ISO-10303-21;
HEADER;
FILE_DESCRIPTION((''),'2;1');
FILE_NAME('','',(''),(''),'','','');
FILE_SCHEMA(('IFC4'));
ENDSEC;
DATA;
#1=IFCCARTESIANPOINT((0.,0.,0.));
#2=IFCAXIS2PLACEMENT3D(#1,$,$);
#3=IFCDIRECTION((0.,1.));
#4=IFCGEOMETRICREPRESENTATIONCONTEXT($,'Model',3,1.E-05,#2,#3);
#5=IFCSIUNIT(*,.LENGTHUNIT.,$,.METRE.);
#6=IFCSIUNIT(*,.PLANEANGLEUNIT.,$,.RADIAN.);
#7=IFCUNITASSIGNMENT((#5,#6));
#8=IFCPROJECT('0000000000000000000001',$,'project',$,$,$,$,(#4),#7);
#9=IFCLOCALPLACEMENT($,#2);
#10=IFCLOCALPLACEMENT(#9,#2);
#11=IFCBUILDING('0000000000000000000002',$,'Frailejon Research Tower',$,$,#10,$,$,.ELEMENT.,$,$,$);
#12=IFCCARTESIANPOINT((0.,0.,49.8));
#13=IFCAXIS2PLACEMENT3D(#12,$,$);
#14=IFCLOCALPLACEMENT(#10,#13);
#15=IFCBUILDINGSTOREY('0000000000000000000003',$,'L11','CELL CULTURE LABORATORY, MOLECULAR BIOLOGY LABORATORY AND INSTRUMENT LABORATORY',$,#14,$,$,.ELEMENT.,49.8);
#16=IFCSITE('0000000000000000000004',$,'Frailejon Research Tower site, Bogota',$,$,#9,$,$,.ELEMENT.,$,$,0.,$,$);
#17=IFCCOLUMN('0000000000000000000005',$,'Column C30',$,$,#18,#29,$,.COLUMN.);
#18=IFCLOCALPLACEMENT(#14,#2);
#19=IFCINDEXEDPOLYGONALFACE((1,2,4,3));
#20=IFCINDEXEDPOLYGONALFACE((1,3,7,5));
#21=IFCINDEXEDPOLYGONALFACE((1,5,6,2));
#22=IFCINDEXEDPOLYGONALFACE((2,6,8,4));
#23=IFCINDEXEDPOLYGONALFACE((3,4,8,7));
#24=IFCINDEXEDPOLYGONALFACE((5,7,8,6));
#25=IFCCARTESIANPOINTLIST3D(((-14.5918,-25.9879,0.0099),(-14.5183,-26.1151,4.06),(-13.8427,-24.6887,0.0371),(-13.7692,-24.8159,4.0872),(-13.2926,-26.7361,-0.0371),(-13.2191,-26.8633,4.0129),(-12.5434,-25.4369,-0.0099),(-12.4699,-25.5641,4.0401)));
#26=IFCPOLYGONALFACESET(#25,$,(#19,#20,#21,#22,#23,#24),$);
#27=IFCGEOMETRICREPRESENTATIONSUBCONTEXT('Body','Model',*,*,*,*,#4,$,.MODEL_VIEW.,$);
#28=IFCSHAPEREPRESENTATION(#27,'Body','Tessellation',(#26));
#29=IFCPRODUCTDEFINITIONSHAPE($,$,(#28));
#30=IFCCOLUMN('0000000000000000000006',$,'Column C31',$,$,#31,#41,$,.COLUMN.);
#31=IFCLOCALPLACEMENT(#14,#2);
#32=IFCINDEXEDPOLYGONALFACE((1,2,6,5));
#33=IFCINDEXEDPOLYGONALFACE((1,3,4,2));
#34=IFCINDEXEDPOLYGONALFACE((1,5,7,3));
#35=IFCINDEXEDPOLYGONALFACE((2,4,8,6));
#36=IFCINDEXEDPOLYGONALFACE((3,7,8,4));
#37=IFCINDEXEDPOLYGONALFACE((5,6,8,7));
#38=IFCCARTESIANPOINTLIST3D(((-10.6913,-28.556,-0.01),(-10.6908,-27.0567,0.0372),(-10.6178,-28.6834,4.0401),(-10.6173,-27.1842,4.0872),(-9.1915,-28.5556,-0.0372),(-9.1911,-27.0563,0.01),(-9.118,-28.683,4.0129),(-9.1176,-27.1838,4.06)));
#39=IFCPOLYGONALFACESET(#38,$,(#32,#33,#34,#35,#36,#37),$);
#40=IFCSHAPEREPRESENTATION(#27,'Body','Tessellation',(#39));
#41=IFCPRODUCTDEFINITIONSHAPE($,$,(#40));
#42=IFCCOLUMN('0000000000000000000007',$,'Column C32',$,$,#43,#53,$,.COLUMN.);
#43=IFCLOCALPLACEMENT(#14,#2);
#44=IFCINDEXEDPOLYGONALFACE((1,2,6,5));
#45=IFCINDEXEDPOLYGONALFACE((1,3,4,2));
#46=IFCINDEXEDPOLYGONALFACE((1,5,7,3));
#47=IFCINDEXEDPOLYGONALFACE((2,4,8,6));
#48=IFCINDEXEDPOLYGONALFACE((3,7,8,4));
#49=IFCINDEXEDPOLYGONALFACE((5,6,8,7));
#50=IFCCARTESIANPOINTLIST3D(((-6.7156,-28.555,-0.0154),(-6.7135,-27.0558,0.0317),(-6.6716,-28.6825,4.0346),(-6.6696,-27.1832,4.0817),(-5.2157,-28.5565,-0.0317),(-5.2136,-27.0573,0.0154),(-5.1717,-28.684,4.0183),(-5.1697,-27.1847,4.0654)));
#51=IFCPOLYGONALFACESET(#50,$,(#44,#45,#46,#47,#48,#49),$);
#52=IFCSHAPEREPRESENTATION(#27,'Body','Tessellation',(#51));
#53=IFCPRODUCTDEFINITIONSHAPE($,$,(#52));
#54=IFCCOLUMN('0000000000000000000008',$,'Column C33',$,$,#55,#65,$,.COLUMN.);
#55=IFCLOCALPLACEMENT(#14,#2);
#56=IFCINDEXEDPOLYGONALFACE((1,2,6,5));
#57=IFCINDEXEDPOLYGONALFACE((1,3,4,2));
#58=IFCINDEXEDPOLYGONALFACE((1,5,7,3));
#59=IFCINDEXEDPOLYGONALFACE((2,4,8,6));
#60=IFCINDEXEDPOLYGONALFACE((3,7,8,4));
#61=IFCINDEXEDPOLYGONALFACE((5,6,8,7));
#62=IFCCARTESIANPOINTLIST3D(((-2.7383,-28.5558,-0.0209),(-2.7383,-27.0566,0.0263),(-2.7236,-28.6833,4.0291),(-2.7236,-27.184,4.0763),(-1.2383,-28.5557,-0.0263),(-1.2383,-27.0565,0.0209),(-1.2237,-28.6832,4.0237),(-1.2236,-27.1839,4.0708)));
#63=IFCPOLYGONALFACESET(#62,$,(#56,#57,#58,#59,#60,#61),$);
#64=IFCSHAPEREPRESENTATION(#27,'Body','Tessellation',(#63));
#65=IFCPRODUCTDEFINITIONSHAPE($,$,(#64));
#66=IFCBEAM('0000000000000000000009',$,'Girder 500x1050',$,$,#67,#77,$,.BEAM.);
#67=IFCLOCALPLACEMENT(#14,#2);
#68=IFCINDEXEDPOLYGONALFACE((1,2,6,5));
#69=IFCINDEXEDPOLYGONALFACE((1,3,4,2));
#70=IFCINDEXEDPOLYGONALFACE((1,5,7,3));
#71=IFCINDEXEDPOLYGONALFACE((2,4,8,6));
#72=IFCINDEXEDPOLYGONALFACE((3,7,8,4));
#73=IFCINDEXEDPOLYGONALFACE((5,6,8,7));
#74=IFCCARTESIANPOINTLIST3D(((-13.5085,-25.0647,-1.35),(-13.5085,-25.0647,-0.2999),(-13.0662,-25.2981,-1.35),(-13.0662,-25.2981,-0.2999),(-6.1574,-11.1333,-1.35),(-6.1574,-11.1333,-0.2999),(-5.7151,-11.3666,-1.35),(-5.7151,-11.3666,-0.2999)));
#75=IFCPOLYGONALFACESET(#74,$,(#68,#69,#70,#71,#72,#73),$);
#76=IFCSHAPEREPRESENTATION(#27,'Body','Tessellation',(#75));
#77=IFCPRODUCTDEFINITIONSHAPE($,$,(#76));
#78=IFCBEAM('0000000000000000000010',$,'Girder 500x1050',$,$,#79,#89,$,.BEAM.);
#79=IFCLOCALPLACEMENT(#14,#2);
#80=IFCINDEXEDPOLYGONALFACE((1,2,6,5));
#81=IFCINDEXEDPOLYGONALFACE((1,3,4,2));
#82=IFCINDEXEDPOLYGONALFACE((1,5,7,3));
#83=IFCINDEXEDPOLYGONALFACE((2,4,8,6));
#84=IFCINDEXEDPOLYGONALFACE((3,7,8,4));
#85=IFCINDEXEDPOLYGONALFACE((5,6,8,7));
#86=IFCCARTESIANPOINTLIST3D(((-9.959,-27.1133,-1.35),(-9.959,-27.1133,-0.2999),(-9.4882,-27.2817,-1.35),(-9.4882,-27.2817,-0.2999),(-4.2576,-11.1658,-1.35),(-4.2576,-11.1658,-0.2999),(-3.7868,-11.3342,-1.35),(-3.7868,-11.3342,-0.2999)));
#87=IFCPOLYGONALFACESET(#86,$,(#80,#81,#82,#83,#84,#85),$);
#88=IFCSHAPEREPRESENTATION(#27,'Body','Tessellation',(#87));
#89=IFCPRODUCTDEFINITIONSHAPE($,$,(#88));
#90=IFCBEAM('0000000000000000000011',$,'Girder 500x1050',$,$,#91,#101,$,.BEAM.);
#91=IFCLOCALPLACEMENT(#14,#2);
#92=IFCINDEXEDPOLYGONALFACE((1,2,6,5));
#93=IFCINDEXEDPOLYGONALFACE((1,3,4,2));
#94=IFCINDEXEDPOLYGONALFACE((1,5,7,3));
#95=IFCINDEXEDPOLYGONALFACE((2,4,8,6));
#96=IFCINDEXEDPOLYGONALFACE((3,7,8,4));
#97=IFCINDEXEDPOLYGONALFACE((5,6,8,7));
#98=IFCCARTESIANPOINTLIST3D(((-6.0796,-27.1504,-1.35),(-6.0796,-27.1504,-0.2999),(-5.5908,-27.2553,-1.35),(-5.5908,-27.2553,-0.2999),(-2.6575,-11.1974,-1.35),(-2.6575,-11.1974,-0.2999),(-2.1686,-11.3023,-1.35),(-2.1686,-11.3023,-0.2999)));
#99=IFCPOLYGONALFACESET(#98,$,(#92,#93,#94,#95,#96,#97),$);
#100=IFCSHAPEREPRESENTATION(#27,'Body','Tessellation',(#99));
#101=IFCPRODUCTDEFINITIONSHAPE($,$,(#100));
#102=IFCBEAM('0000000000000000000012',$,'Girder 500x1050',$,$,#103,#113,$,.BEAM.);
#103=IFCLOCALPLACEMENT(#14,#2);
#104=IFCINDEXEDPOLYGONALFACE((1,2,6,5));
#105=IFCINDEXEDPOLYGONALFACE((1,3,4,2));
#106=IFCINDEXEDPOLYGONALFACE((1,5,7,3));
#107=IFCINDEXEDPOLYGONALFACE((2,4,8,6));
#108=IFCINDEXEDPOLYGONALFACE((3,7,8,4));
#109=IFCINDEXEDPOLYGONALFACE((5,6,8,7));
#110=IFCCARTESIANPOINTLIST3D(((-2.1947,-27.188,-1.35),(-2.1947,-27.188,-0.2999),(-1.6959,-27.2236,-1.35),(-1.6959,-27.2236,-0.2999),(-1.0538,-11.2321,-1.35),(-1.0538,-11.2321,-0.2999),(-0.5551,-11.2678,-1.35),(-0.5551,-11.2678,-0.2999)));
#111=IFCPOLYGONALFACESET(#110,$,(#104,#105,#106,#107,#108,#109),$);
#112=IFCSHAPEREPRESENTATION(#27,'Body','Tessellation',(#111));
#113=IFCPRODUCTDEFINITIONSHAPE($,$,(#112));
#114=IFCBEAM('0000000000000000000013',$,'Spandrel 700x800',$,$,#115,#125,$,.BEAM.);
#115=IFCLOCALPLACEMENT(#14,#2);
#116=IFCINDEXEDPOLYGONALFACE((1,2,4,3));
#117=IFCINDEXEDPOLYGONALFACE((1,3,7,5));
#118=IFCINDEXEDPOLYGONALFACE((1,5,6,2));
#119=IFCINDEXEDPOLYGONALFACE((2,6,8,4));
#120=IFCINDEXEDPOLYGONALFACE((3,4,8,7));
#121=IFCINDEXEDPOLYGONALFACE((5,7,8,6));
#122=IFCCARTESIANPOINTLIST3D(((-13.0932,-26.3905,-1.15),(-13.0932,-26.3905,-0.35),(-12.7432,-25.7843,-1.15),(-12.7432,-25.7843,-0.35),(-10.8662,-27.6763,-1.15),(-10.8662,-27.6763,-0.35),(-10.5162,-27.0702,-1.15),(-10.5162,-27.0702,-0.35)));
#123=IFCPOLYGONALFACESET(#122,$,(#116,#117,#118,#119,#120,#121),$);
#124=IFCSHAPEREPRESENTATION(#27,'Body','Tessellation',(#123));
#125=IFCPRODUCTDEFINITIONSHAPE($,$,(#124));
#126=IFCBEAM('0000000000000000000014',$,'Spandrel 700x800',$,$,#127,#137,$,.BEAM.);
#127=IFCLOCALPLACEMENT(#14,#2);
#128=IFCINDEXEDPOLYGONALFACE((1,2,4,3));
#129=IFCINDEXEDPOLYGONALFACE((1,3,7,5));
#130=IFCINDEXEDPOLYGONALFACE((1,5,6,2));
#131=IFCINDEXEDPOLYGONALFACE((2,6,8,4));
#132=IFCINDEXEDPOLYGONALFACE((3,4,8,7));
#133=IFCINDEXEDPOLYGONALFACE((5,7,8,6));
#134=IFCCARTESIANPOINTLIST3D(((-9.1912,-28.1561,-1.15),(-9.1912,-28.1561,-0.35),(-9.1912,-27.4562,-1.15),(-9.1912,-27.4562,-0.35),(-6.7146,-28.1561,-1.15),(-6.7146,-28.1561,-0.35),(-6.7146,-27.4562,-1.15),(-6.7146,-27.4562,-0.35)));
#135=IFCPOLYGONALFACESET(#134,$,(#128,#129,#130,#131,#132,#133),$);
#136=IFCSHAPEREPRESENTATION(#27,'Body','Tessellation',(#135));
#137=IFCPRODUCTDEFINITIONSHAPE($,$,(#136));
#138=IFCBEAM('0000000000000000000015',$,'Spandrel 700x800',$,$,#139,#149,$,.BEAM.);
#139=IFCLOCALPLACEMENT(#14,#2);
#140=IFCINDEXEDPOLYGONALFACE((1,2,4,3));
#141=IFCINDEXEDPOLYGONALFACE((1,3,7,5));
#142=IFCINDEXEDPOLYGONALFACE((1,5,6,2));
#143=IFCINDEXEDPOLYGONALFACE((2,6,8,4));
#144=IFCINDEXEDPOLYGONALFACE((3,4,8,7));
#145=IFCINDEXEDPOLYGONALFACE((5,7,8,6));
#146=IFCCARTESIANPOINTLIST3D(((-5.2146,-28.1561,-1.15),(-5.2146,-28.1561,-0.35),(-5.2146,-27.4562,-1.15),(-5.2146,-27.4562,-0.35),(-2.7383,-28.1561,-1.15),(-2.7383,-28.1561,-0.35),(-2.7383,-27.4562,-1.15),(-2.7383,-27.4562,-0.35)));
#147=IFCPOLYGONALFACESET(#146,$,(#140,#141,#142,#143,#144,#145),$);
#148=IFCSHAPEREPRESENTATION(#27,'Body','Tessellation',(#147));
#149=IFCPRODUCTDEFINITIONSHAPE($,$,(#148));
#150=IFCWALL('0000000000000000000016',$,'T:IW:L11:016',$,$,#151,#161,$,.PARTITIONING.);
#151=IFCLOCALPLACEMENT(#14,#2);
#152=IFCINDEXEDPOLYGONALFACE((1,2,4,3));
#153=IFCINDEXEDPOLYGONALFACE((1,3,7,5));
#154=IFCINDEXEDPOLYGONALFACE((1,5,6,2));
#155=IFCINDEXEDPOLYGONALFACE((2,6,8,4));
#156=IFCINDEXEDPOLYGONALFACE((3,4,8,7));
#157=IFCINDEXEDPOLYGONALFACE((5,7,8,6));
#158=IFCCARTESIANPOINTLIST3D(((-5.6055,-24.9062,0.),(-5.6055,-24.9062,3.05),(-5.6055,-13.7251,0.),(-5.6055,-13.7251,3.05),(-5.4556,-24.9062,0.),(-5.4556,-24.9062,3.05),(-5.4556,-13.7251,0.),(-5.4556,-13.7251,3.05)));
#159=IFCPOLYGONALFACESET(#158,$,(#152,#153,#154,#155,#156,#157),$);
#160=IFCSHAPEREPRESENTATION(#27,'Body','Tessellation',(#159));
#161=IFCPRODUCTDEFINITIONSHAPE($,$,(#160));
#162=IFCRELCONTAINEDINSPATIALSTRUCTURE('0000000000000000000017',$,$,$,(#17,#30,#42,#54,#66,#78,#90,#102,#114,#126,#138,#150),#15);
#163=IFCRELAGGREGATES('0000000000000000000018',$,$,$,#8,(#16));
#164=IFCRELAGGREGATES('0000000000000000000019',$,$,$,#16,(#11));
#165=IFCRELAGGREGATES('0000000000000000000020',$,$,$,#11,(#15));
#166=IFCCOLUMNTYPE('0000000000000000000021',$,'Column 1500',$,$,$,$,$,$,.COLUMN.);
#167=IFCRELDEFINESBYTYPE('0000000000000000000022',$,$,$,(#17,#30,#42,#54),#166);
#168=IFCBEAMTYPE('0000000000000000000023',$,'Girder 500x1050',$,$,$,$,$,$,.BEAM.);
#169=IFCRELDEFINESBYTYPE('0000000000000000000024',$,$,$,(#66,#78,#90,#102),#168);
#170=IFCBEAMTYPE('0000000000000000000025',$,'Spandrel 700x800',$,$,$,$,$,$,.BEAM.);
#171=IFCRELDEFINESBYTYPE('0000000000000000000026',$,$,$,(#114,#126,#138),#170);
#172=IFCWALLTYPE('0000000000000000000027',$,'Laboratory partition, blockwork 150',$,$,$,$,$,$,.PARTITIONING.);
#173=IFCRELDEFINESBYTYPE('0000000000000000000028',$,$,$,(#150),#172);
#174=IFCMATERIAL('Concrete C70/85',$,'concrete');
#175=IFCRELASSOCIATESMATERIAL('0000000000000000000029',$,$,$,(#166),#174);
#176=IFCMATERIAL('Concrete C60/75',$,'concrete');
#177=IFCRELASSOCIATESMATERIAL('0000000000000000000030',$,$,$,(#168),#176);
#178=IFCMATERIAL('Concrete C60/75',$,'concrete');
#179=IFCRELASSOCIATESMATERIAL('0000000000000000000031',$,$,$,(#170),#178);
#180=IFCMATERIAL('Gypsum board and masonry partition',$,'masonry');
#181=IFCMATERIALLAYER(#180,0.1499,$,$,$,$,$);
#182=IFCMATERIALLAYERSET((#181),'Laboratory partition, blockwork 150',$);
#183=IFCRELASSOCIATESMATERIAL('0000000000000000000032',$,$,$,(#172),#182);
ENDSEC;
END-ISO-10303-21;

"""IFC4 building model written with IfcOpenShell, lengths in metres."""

from ifc_helpers import new_model, si_unit, direction, frame, frame_2d, origin, origin_2d, place, context, subcontext, project, spatial, rectangle, extrude, material, layer, layer_set, material_profile, profile_set, type_object, element, save


model = new_model("IFC4")

# Units and contexts
model_context = context("Model", 3, precision=1e-05, world=origin(), true_north=direction((0.0, 1.0)))
body_context = subcontext(model_context, "Body", "Model", "MODEL_VIEW")
ifc_project = project(units=[si_unit("LENGTHUNIT", "METRE"), si_unit("PLANEANGLEUNIT", "RADIAN")], contexts=[model_context])

# Site, building, storey
site_placement = place(None, origin())
site = spatial("IfcSite", under=ifc_project, at=site_placement, Name="Frailejon Research Tower site, Bogota", CompositionType="ELEMENT", RefElevation=0.0)
building_placement = place(site_placement, origin())
building = spatial("IfcBuilding", under=site, at=building_placement, Name="Frailejon Research Tower", CompositionType="ELEMENT")
storey_placement = place(building_placement, frame((0.0, 0.0, 49.8)))
storey = spatial("IfcBuildingStorey", under=building, at=storey_placement, Name="L11", Description="CELL CULTURE LABORATORY, MOLECULAR BIOLOGY LABORATORY AND INSTRUMENT LABORATORY", CompositionType="ELEMENT", Elevation=49.8)

# Columns
ifc_material_1 = material(Name="Concrete C70/85", Category="concrete")
ifc_material_profile_1 = material_profile(ifc_material_1, rectangle(XDim=1.5, YDim=1.5, at=origin_2d()), Name="Column 1500")
ifc_profile_set_1 = profile_set([ifc_material_profile_1], Name="Concrete C70/85")
column_type = type_object("IfcColumnType", Name="Column 1500", PredefinedType="COLUMN", material=ifc_profile_set_1)
for number, where, z_axis, x_axis, name in (
    (1, (-13.5676, -25.7124, 0.0), (0.018133, -0.031386, 0.999343), (0.866156, -0.498787, -0.031381), "Column C30"),
    (2, (-9.9412, -27.8062, 0.0), (0.018133, -0.031446, 0.999341), (0.999836, 0.000286, -0.018133), "Column C31"),
):
    element("IfcColumn", number, at=place(storey_placement, frame(where, z_axis=z_axis, x_axis=x_axis)), inside=storey, type_object=column_type, Name=name, PredefinedType="COLUMN", context=body_context, shape_type="SweptSolid", body=[
        extrude(rectangle(XDim=1.5, YDim=1.5, at=origin_2d()), origin(), (0.0, 0.0, 1.0), 4.0527),
    ])
column_1_placement = place(storey_placement, frame((-5.9646, -27.8062, 0.0), z_axis=(0.010845, -0.031449, 0.999447), x_axis=(0.99994, -0.001017, -0.010882)))
element("IfcColumn", 3, at=column_1_placement, inside=storey, type_object=column_type, Name="Column C32", PredefinedType="COLUMN", context=body_context, shape_type="SweptSolid", body=[
    extrude(rectangle(XDim=1.5, YDim=1.5, at=origin_2d()), origin(), (0.0, 0.0, 1.0), 4.0522),
])
column_2_placement = place(storey_placement, frame((-1.9883, -27.8062, 0.0), z_axis=(0.003615, -0.031451, 0.999499), x_axis=(0.999993, 0.000089, -0.003614)))
element("IfcColumn", 4, at=column_2_placement, inside=storey, type_object=column_type, Name="Column C33", PredefinedType="COLUMN", context=body_context, shape_type="SweptSolid", body=[
    extrude(rectangle(XDim=1.5, YDim=1.5, at=origin_2d()), origin(), (0.0, 0.0, 1.0), 4.052),
])

# Beams
ifc_material_2 = material(Name="Concrete C60/75", Category="concrete")
ifc_material_profile_2 = material_profile(ifc_material_2, rectangle(XDim=0.5, YDim=1.05, at=origin_2d()), Name="Girder 500x1050")
ifc_profile_set_2 = profile_set([ifc_material_profile_2], Name="Concrete C60/75")
beam_type_1 = type_object("IfcBeamType", Name="Girder 500x1050", PredefinedType="BEAM", material=ifc_profile_set_2)
beam_1_placement = place(storey_placement, frame((-13.2874, -25.1814, -0.825), z_axis=(0.466679, 0.884427, 0.0), x_axis=(-0.884427, 0.466679, 0.0)))
element("IfcBeam", 5, at=beam_1_placement, inside=storey, type_object=beam_type_1, Name="Girder 500x1050", PredefinedType="BEAM", context=body_context, shape_type="SweptSolid", body=[
    extrude(rectangle(XDim=0.5, YDim=1.05, at=origin_2d()), origin(), (0.0, 0.0, 1.0), 15.752),
])
beam_2_placement = place(storey_placement, frame((-9.7236, -27.1975, -0.825), z_axis=(0.336644, 0.941632, 0.0), x_axis=(-0.941632, 0.336644, 0.0)))
element("IfcBeam", 6, at=beam_2_placement, inside=storey, type_object=beam_type_1, Name="Girder 500x1050", PredefinedType="BEAM", context=body_context, shape_type="SweptSolid", body=[
    extrude(rectangle(XDim=0.5, YDim=1.05, at=origin_2d()), origin(), (0.0, 0.0, 1.0), 16.936),
])
beam_3_placement = place(storey_placement, frame((-5.8352, -27.2029, -0.825), z_axis=(0.209743, 0.977757, 0.0), x_axis=(-0.977757, 0.209743, 0.0)))
element("IfcBeam", 7, at=beam_3_placement, inside=storey, type_object=beam_type_1, Name="Girder 500x1050", PredefinedType="BEAM", context=body_context, shape_type="SweptSolid", body=[
    extrude(rectangle(XDim=0.5, YDim=1.05, at=origin_2d()), origin(), (0.0, 0.0, 1.0), 16.3159),
])
beam_4_placement = place(storey_placement, frame((-1.9453, -27.2058, -0.825), z_axis=(0.07132, 0.997454, 0.0), x_axis=(-0.997454, 0.07132, 0.0)))
element("IfcBeam", 8, at=beam_4_placement, inside=storey, type_object=beam_type_1, Name="Girder 500x1050", PredefinedType="BEAM", context=body_context, shape_type="SweptSolid", body=[
    extrude(rectangle(XDim=0.5, YDim=1.05, at=origin_2d()), origin(), (0.0, 0.0, 1.0), 15.9966),
])
ifc_material_3 = material(Name="Concrete C60/75", Category="concrete")
ifc_material_profile_3 = material_profile(ifc_material_3, rectangle(XDim=0.7, YDim=0.8, at=origin_2d()), Name="Spandrel 700x800")
ifc_profile_set_3 = profile_set([ifc_material_profile_3], Name="Concrete C60/75")
beam_type_2 = type_object("IfcBeamType", Name="Spandrel 700x800", PredefinedType="BEAM", material=ifc_profile_set_3)
beam_5_placement = place(storey_placement, frame((-12.9182, -26.0874, -0.75), z_axis=(0.866009, -0.500029, 0.0), x_axis=(0.500029, 0.866009, 0.0)))
element("IfcBeam", 9, at=beam_5_placement, inside=storey, type_object=beam_type_2, Name="Spandrel 700x800", PredefinedType="BEAM", context=body_context, shape_type="SweptSolid", body=[
    extrude(rectangle(XDim=0.7, YDim=0.8, at=origin_2d()), origin(), (0.0, 0.0, 1.0), 2.5715),
])
beam_6_placement = place(storey_placement, frame((-9.1912, -27.8062, -0.75), z_axis=(1.0, 0.0, 0.0), x_axis=(0.0, 1.0, 0.0)))
element("IfcBeam", 10, at=beam_6_placement, inside=storey, type_object=beam_type_2, Name="Spandrel 700x800", PredefinedType="BEAM", context=body_context, shape_type="SweptSolid", body=[
    extrude(rectangle(XDim=0.7, YDim=0.8, at=origin_2d()), origin(), (0.0, 0.0, 1.0), 2.4766),
])
beam_7_placement = place(storey_placement, frame((-5.2146, -27.8062, -0.75), z_axis=(1.0, 0.0, 0.0), x_axis=(0.0, 1.0, 0.0)))
element("IfcBeam", 11, at=beam_7_placement, inside=storey, type_object=beam_type_2, Name="Spandrel 700x800", PredefinedType="BEAM", context=body_context, shape_type="SweptSolid", body=[
    extrude(rectangle(XDim=0.7, YDim=0.8, at=origin_2d()), origin(), (0.0, 0.0, 1.0), 2.4763),
])

# Wall
ifc_material_4 = material(Name="Gypsum board and masonry partition", Category="masonry")
ifc_layer_1 = layer(ifc_material_4, 0.1499)
ifc_layer_set_1 = layer_set([ifc_layer_1], Name="Laboratory partition, blockwork 150")
wall_type_1 = type_object("IfcWallType", Name="Laboratory partition, blockwork 150", PredefinedType="PARTITIONING", material=ifc_layer_set_1)
wall_1_placement = place(storey_placement, frame((-5.5305, -24.9062, 0.0), z_axis=(0.0, 0.0, 1.0), x_axis=(0.0, 1.0, 0.0)))
element("IfcWall", 12, at=wall_1_placement, inside=storey, type_object=wall_type_1, Name="T:IW:L11:016", PredefinedType="PARTITIONING", context=body_context, shape_type="SweptSolid", body=[
    extrude(rectangle(XDim=11.1812, YDim=0.1499, at=frame_2d((5.5906, 0.0))), origin(), (0.0, 0.0, 1.0), 3.05),
])

save(model, "model.ifc")
